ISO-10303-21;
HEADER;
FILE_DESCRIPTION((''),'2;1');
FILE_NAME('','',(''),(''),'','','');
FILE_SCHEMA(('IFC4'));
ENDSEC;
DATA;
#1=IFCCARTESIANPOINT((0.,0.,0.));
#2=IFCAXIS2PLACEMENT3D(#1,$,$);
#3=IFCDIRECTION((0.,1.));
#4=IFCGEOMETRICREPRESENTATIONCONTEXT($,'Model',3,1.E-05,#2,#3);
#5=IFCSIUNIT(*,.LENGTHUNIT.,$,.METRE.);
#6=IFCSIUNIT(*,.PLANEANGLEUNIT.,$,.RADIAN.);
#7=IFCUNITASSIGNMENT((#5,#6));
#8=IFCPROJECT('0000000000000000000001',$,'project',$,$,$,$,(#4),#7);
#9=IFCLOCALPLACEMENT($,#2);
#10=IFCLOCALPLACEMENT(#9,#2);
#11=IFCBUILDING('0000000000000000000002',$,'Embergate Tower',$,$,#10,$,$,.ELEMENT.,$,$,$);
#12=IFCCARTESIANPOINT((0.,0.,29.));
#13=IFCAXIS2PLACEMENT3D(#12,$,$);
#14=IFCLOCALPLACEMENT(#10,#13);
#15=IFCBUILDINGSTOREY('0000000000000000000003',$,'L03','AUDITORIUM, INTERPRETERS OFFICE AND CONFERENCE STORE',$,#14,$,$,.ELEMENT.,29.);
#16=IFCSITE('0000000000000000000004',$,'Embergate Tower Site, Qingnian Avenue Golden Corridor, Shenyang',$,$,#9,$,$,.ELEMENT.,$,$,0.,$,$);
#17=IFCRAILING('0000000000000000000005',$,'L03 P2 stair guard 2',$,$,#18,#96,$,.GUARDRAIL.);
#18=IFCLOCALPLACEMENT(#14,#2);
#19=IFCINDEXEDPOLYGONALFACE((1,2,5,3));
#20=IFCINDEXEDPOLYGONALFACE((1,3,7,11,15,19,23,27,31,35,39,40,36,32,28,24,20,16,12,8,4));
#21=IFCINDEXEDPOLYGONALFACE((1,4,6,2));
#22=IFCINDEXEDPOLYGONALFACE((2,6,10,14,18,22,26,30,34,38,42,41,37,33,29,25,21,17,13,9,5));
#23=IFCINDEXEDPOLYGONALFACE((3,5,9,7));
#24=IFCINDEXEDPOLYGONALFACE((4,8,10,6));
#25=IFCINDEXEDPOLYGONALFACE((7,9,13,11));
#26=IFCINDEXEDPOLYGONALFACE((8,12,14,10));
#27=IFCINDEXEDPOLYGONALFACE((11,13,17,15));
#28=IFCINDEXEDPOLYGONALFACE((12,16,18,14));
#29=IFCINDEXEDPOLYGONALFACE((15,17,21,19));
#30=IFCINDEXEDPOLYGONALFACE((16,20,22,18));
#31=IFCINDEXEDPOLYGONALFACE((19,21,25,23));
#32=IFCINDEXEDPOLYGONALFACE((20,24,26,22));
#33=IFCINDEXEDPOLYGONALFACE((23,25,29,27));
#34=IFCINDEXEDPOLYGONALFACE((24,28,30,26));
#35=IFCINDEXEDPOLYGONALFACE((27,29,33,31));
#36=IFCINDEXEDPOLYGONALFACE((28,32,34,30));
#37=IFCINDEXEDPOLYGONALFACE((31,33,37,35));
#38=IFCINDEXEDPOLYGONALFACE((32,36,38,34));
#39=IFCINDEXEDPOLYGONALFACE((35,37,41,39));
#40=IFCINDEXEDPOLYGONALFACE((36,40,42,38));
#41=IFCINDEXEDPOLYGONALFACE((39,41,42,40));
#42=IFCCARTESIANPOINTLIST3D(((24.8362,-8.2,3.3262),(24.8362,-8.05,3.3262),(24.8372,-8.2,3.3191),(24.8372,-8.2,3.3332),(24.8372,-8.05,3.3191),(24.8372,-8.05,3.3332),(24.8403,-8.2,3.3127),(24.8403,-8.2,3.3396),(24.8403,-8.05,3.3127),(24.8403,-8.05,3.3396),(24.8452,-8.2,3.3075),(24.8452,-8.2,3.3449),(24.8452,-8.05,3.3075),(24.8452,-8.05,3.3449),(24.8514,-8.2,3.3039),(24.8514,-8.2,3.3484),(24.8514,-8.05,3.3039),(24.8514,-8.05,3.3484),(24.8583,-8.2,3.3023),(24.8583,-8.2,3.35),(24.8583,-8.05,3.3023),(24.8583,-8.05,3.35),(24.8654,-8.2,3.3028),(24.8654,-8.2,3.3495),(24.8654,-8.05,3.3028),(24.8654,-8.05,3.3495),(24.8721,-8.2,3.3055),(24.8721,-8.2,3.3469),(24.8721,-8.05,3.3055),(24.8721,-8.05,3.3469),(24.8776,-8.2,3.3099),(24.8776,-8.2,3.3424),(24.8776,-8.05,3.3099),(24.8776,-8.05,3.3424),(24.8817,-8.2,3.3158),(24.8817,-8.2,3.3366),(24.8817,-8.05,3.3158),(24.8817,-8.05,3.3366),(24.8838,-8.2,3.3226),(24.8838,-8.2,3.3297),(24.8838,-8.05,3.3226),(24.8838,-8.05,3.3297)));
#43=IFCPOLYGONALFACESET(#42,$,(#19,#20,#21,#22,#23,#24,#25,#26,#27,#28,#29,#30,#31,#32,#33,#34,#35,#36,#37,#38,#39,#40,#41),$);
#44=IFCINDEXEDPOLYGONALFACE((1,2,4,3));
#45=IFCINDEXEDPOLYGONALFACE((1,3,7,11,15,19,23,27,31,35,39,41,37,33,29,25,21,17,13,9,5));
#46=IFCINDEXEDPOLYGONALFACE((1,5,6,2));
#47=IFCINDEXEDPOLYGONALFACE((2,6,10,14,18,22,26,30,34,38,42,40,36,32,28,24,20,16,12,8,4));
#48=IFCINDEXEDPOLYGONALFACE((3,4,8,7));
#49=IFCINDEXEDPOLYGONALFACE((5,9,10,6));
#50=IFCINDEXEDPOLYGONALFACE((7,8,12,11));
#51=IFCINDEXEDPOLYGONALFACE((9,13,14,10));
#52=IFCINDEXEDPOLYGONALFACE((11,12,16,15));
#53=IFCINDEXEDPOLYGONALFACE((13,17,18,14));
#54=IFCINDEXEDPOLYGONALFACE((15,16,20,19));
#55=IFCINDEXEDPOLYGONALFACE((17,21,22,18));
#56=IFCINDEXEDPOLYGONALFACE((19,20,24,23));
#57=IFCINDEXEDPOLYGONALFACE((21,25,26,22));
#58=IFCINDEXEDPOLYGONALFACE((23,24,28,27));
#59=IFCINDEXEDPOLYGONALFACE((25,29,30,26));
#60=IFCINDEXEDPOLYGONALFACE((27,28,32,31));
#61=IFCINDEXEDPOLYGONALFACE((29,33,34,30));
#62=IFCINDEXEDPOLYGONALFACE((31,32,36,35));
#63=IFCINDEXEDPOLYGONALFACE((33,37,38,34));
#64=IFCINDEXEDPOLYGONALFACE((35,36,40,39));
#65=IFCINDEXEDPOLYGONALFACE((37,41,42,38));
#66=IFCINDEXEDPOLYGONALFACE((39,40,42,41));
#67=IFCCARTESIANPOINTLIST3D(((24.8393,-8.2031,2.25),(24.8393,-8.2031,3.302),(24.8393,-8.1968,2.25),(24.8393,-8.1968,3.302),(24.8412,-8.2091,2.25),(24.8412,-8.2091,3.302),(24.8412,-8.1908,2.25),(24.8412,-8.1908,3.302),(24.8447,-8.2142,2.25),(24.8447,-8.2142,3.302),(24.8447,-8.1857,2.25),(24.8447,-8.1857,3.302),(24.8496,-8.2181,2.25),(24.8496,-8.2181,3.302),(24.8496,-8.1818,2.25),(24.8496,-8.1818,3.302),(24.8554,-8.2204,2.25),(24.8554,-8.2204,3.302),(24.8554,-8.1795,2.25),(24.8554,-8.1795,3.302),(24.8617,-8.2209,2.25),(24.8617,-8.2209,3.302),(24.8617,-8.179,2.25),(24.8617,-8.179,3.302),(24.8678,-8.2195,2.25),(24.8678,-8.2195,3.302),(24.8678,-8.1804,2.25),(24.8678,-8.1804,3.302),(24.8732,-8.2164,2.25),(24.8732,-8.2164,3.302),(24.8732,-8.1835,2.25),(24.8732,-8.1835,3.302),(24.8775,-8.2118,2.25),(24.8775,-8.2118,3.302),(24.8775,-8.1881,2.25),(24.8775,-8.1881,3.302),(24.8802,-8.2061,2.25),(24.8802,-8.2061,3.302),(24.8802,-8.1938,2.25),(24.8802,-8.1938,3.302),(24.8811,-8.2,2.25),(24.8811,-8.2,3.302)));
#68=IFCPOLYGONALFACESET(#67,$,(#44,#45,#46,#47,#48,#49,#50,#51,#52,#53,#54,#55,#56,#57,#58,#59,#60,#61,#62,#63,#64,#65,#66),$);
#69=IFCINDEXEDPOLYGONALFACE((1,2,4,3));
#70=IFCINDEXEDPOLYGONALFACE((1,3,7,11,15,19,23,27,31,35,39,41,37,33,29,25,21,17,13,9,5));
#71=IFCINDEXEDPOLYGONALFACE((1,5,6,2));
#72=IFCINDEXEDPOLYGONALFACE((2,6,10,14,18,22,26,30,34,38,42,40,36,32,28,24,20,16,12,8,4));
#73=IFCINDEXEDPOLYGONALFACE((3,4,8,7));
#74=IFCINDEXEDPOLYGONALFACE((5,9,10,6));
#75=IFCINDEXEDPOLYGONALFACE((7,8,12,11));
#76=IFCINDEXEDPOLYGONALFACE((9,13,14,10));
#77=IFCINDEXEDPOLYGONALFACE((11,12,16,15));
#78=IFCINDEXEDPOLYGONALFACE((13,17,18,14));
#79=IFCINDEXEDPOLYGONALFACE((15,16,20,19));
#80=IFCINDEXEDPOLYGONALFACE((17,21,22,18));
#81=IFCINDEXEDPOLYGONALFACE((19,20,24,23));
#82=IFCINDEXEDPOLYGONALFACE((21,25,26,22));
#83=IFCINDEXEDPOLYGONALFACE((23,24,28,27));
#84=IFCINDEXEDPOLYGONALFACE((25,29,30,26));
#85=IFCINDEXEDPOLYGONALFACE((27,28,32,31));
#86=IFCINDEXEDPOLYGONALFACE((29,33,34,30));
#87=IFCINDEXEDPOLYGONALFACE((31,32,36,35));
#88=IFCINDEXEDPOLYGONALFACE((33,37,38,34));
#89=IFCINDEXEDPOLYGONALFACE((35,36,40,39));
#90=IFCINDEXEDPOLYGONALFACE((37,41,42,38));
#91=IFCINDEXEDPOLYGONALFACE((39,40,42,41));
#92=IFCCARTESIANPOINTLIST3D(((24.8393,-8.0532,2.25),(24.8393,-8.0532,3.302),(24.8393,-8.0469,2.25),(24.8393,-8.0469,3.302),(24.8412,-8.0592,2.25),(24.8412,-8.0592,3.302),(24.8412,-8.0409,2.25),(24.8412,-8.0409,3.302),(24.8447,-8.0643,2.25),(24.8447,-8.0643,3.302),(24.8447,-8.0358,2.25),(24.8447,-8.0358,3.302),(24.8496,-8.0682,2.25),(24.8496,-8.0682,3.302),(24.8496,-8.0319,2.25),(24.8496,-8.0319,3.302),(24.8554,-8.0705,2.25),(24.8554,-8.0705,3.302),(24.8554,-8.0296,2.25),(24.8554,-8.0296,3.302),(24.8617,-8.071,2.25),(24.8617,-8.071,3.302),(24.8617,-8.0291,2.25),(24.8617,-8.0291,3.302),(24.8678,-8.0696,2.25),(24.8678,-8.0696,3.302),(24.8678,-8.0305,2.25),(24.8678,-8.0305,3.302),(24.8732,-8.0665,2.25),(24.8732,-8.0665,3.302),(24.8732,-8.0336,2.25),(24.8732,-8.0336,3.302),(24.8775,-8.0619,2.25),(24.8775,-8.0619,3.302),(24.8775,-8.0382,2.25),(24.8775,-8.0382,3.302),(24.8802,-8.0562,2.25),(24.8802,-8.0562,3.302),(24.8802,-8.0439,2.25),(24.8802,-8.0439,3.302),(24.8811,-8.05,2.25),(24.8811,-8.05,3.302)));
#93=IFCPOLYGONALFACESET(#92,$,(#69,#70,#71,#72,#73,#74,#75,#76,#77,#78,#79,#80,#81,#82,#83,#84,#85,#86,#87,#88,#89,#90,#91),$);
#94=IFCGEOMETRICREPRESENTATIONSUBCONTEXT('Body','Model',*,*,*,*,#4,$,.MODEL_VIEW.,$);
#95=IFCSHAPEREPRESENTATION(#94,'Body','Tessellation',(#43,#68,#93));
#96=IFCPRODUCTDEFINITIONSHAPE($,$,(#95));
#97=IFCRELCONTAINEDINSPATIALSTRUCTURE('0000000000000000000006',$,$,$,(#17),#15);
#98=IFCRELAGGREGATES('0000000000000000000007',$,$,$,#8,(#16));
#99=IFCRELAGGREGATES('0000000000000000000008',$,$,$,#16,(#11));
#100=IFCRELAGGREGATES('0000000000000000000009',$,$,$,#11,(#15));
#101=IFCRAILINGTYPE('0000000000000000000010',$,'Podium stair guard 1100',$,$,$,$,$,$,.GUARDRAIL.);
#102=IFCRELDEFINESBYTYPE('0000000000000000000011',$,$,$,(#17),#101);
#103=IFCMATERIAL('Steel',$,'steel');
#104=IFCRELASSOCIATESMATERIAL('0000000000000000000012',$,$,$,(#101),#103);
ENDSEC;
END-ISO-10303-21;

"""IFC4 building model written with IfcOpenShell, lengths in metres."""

from ifc_helpers import new_model, si_unit, direction, frame, origin, origin_2d, place, context, subcontext, project, spatial, circle, extrude, source, transform, mapped, material, type_object, element, save


model = new_model("IFC4")

# Units and contexts
model_context = context("Model", 3, precision=1e-05, world=origin(), true_north=direction((0.0, 1.0)))
body_context = subcontext(model_context, "Body", "Model", "MODEL_VIEW")
ifc_project = project(units=[si_unit("LENGTHUNIT", "METRE"), si_unit("PLANEANGLEUNIT", "RADIAN")], contexts=[model_context])

# Site, building, storey
site_placement = place(None, origin())
site = spatial("IfcSite", under=ifc_project, at=site_placement, Name="Embergate Tower Site, Qingnian Avenue Golden Corridor, Shenyang", CompositionType="ELEMENT", RefElevation=0.0)
building_placement = place(site_placement, origin())
building = spatial("IfcBuilding", under=site, at=building_placement, Name="Embergate Tower", CompositionType="ELEMENT")
storey_placement = place(building_placement, frame((0.0, 0.0, 29.0)))
storey = spatial("IfcBuildingStorey", under=building, at=storey_placement, Name="L03", Description="AUDITORIUM, INTERPRETERS OFFICE AND CONFERENCE STORE", CompositionType="ELEMENT", Elevation=29.0)

# Railing
ifc_material_1 = material(Name="Steel", Category="steel")
railing_type_1 = type_object("IfcRailingType", Name="Podium stair guard 1100", PredefinedType="GUARDRAIL", material=ifc_material_1)
shared_shape_1 = source(origin(), body_context, "Body", "SweptSolid", [
    extrude(circle(Radius=0.0239, at=origin_2d()), frame((0.0, 0.0, 1.0762), z_axis=(0.0, 1.0, 0.0), x_axis=(-1.0, 0.0, 0.0)), (0.0, 0.0, 1.0), 0.1499),
    extrude(circle(Radius=0.021, at=origin_2d()), origin(), (0.0, 0.0, 1.0), 1.052),
    extrude(circle(Radius=0.021, at=origin_2d()), frame((0.0, 0.1499, 0.0)), (0.0, 0.0, 1.0), 1.052),
])
railing_1_placement = place(storey_placement, frame((24.8601, -8.2, 2.25)))
element("IfcRailing", 1, at=railing_1_placement, inside=storey, type_object=railing_type_1, Name="L03 P2 stair guard 2", PredefinedType="GUARDRAIL", context=body_context, shape_type="MappedRepresentation", body=[
    mapped(shared_shape_1, transform((0.0, 0.0, 0.0))),
])

save(model, "model.ifc")
